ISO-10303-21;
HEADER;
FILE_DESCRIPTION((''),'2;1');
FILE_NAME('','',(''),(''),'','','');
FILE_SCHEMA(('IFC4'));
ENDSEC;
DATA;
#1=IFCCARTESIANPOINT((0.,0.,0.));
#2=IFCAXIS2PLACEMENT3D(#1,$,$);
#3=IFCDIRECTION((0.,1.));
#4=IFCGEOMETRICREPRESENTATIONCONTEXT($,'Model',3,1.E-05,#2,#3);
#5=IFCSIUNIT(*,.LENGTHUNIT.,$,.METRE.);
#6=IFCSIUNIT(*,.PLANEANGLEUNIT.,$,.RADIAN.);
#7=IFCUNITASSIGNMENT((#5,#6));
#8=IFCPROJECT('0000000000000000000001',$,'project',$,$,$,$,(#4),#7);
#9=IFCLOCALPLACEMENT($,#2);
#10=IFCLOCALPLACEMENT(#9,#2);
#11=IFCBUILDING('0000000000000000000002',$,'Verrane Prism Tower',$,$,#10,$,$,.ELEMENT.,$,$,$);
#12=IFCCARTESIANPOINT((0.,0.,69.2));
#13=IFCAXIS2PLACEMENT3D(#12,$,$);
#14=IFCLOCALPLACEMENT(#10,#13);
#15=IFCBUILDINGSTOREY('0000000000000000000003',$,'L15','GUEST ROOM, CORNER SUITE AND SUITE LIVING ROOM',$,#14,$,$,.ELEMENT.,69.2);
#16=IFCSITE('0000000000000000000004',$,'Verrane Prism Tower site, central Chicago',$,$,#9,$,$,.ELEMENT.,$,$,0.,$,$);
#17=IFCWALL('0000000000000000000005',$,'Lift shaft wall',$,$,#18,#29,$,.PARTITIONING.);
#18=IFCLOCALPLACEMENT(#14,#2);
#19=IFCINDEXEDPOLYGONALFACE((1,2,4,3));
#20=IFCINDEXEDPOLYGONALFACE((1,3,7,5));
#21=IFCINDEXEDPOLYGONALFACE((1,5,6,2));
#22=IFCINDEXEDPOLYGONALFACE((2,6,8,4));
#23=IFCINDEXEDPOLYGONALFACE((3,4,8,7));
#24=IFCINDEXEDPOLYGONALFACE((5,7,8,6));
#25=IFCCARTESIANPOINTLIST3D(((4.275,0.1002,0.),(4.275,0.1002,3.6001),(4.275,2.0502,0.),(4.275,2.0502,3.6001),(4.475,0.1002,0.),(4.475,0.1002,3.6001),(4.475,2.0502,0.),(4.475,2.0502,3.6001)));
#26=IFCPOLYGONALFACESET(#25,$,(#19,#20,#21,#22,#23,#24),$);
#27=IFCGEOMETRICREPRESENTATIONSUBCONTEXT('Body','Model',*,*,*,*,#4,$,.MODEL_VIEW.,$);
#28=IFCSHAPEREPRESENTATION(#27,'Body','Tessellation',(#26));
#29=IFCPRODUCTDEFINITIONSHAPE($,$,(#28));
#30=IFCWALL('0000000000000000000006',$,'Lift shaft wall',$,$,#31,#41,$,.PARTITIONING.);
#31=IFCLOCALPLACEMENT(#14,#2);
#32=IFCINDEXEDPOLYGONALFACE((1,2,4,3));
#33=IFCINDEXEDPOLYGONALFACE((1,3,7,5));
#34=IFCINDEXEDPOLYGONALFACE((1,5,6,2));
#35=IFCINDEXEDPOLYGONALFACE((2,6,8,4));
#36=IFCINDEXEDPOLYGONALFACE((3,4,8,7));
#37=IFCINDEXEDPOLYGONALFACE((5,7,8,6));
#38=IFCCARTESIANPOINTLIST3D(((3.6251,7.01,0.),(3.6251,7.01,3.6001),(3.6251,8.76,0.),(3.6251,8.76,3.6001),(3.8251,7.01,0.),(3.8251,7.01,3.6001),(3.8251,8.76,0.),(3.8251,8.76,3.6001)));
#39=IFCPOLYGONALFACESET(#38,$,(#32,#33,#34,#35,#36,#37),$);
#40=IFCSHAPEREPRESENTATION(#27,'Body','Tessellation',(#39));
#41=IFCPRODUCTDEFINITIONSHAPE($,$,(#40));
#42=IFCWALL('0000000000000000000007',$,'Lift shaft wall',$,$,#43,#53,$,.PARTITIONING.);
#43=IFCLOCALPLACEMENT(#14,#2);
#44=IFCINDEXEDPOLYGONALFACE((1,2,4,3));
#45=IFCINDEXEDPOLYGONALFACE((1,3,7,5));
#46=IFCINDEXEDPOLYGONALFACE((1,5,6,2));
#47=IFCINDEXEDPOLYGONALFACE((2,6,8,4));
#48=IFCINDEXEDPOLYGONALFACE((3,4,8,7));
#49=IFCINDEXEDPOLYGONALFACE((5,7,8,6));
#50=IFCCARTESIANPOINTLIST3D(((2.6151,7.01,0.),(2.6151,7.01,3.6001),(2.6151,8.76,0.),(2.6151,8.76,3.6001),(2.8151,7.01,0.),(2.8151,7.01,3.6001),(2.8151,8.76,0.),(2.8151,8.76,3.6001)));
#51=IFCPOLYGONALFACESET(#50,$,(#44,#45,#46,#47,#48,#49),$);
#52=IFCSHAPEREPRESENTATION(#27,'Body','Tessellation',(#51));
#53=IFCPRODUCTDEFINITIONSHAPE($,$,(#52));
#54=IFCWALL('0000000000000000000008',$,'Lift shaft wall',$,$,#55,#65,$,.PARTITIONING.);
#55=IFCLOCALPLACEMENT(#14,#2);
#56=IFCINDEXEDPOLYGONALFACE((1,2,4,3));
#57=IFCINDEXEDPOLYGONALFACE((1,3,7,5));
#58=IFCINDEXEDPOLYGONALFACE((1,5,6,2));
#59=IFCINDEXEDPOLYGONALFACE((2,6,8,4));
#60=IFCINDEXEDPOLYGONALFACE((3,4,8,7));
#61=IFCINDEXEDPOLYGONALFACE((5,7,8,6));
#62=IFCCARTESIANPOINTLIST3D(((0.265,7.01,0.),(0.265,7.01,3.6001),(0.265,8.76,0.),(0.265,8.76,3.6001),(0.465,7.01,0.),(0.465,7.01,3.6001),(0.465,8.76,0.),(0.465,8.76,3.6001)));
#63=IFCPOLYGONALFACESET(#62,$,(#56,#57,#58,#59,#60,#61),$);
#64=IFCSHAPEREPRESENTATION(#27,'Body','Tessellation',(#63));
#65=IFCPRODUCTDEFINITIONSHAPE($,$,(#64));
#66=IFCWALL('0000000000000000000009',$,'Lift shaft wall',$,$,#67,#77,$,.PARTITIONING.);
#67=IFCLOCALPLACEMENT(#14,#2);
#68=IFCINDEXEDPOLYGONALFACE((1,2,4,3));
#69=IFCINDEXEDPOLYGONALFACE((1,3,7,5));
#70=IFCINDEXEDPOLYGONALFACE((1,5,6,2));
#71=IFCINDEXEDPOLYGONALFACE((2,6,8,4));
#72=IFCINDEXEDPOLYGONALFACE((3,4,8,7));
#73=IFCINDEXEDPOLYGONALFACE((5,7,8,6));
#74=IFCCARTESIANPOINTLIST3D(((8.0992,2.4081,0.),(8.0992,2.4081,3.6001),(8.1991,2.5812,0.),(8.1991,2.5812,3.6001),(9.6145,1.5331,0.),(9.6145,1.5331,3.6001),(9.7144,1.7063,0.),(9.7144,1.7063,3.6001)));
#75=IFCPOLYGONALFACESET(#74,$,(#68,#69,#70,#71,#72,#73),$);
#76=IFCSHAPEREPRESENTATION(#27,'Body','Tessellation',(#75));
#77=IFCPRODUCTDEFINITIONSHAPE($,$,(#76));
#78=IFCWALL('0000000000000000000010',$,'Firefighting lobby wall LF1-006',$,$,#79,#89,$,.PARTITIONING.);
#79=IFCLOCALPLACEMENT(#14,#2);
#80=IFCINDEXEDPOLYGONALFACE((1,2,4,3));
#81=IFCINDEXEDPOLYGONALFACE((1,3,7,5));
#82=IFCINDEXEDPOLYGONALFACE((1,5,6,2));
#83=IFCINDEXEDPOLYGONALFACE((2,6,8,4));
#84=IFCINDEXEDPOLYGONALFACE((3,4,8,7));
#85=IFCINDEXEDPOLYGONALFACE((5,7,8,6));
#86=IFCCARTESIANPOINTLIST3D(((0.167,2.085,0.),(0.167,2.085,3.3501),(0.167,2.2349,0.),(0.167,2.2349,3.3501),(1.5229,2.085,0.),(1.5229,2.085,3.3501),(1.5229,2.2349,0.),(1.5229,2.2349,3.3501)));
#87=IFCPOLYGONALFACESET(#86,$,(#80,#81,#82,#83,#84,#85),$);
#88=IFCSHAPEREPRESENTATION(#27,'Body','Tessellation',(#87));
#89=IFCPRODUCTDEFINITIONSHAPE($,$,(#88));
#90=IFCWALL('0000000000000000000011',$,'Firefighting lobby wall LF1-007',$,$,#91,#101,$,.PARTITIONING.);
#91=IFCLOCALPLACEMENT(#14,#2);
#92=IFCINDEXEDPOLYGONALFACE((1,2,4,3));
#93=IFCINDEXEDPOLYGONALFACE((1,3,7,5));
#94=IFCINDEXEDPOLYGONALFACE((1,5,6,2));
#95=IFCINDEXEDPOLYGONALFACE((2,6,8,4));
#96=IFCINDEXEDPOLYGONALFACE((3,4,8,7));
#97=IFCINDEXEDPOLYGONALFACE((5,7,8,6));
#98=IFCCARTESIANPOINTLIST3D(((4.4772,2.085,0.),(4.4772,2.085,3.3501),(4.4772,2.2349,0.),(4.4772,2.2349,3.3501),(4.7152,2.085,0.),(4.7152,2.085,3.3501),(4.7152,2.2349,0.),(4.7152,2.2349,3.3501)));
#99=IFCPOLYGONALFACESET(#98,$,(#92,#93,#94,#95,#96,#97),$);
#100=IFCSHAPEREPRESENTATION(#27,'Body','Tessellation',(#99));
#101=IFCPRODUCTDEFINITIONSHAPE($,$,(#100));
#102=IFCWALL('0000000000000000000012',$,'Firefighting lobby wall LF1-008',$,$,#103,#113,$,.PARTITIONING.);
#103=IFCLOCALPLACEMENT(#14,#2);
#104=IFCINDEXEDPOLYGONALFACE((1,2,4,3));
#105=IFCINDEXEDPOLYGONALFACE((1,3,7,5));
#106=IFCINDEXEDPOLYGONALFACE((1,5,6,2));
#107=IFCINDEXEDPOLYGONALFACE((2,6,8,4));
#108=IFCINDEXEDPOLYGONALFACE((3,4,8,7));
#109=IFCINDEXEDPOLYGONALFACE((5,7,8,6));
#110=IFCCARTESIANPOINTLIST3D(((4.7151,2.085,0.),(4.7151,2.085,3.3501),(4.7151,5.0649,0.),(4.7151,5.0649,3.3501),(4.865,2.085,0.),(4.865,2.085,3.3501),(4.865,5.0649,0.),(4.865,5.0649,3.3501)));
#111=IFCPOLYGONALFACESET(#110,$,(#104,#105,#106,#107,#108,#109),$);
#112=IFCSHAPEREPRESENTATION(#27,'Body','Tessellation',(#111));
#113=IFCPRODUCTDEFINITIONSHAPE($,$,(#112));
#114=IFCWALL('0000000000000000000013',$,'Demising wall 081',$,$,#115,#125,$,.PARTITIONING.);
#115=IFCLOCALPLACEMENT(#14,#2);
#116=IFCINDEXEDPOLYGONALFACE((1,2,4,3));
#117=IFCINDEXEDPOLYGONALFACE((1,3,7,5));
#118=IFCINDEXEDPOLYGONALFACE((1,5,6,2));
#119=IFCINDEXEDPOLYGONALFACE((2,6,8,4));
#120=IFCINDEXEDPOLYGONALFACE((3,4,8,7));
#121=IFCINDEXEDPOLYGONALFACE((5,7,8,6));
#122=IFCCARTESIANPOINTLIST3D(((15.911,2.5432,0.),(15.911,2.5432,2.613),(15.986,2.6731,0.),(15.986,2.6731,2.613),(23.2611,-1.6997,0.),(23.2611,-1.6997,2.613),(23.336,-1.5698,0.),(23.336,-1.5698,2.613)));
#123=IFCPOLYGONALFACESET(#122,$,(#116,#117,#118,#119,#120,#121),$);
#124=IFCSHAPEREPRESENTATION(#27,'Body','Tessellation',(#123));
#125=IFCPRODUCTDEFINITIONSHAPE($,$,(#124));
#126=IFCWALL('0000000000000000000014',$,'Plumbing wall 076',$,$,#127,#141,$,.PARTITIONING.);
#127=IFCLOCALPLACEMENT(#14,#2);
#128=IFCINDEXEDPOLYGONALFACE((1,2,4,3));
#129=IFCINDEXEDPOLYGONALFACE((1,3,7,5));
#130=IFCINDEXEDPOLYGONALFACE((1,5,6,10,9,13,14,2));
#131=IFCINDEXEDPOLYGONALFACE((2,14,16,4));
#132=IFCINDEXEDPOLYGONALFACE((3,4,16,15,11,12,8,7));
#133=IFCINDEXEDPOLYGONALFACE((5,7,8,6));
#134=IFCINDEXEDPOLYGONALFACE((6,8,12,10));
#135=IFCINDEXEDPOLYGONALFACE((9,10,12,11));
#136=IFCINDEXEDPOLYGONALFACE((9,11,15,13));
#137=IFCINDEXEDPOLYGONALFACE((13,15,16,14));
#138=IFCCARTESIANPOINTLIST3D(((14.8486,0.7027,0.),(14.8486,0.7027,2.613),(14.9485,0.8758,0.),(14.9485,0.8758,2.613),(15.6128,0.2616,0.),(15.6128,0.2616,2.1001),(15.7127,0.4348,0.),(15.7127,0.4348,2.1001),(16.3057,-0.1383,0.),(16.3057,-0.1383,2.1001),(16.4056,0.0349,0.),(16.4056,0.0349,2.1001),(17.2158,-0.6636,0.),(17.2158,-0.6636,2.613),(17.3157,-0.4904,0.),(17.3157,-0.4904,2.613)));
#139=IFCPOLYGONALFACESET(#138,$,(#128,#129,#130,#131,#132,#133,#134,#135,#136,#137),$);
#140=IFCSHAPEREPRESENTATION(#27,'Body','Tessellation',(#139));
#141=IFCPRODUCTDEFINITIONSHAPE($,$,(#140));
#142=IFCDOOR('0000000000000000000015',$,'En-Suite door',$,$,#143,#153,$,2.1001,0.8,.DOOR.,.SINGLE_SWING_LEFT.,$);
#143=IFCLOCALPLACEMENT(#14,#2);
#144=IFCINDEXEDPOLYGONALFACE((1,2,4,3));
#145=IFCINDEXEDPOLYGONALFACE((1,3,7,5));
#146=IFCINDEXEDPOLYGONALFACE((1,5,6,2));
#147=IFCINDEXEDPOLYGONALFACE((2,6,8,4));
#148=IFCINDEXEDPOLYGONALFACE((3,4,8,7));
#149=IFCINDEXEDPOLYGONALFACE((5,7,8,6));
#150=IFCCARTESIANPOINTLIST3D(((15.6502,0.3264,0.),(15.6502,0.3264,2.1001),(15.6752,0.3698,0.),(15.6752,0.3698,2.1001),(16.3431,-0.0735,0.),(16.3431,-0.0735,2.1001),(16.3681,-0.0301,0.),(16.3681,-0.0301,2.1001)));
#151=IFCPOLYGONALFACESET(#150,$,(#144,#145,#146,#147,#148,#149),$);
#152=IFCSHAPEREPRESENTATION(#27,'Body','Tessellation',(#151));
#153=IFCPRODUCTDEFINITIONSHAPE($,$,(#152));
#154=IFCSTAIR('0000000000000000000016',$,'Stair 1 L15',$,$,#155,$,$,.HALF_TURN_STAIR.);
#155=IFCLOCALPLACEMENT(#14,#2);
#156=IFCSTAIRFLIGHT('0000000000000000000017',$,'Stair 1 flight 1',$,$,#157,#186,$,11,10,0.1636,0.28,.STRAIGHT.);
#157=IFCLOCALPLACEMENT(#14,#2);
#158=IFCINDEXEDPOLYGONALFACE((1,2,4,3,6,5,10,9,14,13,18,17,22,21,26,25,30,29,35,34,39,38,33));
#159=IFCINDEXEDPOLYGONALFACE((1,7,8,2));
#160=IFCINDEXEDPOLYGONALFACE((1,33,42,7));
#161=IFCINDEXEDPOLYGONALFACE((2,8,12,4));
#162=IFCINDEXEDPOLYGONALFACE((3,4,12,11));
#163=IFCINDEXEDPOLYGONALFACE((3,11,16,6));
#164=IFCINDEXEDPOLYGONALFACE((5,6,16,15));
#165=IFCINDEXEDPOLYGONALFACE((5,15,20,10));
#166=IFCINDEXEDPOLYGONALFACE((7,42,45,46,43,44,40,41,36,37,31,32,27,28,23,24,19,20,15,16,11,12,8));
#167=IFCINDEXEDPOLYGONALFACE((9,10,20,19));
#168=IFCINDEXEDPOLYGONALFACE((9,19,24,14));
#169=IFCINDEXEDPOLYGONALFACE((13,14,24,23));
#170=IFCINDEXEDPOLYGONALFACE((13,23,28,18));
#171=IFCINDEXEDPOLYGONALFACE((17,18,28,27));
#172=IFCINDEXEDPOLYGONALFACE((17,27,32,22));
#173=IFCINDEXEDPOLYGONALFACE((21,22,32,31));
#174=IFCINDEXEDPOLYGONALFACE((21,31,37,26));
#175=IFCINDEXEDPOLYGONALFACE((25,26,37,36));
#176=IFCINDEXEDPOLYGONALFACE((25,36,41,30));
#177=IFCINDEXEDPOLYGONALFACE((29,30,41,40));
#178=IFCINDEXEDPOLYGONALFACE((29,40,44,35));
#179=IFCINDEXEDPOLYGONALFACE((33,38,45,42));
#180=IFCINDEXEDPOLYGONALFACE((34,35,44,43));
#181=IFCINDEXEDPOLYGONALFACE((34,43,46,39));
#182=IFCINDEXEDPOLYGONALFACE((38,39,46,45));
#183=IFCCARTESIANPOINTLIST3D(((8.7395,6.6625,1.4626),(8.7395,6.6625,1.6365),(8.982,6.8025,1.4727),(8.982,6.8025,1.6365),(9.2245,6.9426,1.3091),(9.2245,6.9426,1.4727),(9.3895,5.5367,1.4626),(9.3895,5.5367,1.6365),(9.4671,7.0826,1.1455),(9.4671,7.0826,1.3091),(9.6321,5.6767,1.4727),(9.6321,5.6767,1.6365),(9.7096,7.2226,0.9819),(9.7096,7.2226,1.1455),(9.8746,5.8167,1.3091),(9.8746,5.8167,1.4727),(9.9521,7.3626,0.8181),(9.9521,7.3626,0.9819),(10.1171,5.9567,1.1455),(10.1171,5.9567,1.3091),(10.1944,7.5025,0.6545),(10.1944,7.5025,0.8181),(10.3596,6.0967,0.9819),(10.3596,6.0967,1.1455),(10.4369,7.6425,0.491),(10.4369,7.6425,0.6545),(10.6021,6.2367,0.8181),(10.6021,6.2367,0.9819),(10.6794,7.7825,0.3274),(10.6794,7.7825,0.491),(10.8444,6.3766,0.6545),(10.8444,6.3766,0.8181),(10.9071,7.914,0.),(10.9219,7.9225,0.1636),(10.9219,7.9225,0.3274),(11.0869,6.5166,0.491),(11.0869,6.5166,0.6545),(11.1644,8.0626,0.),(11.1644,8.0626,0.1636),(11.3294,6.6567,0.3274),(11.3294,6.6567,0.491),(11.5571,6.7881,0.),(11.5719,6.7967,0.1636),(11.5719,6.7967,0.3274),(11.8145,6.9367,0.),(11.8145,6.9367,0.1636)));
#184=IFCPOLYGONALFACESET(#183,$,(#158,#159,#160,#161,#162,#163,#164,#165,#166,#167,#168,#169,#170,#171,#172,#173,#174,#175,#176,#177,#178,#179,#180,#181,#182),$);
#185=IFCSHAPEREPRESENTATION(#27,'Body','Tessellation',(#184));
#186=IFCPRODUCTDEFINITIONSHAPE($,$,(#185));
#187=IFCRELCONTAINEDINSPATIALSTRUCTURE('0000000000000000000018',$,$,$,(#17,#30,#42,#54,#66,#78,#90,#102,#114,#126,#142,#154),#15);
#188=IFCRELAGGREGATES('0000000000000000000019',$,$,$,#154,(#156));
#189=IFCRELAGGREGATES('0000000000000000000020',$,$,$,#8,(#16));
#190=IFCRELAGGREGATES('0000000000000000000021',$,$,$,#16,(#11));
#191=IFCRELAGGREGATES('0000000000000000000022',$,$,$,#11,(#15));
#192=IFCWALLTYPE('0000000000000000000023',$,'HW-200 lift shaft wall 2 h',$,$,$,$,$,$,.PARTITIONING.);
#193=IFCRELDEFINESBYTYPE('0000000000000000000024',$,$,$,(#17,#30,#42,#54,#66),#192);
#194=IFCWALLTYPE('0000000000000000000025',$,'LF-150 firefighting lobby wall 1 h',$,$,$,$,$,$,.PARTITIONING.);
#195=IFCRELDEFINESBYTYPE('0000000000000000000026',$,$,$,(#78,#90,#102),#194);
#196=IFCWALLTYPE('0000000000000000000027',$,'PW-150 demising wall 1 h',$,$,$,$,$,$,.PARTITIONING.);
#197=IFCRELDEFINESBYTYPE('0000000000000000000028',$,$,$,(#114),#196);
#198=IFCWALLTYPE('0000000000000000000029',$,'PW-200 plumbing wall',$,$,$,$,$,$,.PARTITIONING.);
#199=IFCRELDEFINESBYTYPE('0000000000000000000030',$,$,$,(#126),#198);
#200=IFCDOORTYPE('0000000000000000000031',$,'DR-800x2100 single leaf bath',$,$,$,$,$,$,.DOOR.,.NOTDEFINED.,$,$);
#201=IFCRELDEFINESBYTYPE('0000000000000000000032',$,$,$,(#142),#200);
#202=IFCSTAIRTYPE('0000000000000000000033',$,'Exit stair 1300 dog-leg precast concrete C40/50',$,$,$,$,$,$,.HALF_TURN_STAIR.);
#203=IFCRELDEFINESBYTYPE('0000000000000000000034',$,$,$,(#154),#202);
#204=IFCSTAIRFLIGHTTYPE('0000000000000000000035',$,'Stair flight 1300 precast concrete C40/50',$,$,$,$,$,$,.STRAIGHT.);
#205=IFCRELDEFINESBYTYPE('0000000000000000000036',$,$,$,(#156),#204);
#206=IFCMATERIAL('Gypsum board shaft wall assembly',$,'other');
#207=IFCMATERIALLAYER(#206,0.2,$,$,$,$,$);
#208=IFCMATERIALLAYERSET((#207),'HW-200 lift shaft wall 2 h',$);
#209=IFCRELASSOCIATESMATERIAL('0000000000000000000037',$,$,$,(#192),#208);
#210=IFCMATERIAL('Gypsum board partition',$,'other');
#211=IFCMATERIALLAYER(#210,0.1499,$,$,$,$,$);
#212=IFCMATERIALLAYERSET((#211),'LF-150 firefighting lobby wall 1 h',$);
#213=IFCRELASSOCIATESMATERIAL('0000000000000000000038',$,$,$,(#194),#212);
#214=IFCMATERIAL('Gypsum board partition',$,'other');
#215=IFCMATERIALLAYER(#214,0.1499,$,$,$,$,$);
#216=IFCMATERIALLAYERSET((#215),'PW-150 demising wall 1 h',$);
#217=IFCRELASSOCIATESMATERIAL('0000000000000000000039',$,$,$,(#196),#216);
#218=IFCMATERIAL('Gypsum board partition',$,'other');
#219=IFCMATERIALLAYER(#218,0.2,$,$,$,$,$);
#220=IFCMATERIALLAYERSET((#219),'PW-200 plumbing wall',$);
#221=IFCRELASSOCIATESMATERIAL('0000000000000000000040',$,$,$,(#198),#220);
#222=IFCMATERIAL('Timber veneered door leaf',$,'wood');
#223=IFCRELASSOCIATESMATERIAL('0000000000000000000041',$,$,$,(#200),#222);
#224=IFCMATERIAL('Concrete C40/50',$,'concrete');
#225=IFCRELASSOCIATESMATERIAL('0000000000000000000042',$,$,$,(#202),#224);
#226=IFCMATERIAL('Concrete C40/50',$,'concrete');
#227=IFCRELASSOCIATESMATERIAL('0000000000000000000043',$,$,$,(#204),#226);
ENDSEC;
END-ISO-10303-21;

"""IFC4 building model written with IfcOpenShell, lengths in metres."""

from ifc_helpers import new_model, si_unit, direction, frame, frame_2d, origin, place, context, subcontext, project, spatial, polyline, rectangle, outline, extrude, material, layer, layer_set, type_object, element, fill, aggregate, save


model = new_model("IFC4")

# Units and contexts
model_context = context("Model", 3, precision=1e-05, world=origin(), true_north=direction((0.0, 1.0)))
body_context = subcontext(model_context, "Body", "Model", "MODEL_VIEW")
ifc_project = project(units=[si_unit("LENGTHUNIT", "METRE"), si_unit("PLANEANGLEUNIT", "RADIAN")], contexts=[model_context])

# Site, building, storey
site_placement = place(None, origin())
site = spatial("IfcSite", under=ifc_project, at=site_placement, Name="Verrane Prism Tower site, central Chicago", CompositionType="ELEMENT", RefElevation=0.0)
building_placement = place(site_placement, origin())
building = spatial("IfcBuilding", under=site, at=building_placement, Name="Verrane Prism Tower", CompositionType="ELEMENT")
storey_placement = place(building_placement, frame((0.0, 0.0, 69.2)))
storey = spatial("IfcBuildingStorey", under=building, at=storey_placement, Name="L15", Description="GUEST ROOM, CORNER SUITE AND SUITE LIVING ROOM", CompositionType="ELEMENT", Elevation=69.2)

# Shared definitions
ifc_material_1 = material(Name="Gypsum board shaft wall assembly", Category="other")
ifc_layer_1 = layer(ifc_material_1, 0.2)
ifc_layer_set_1 = layer_set([ifc_layer_1], Name="HW-200 lift shaft wall 2 h")
wall_type_1 = type_object("IfcWallType", Name="HW-200 lift shaft wall 2 h", PredefinedType="PARTITIONING", material=ifc_layer_set_1)

# Walls
wall_1_placement = place(storey_placement, frame((4.375, 0.1001, 0.0), z_axis=(0.0, 0.0, 1.0), x_axis=(0.0, 1.0, 0.0)))
element("IfcWall", 1, at=wall_1_placement, inside=storey, type_object=wall_type_1, Name="Lift shaft wall", PredefinedType="PARTITIONING", context=body_context, shape_type="SweptSolid", body=[
    extrude(rectangle(XDim=1.95, YDim=0.2, at=frame_2d((0.9751, 0.0))), origin(), (0.0, 0.0, 1.0), 3.6001),
])
for number, where, z_axis, x_axis, name in (
    (2, (3.7251, 7.01, 0.0), (0.0, 0.0, 1.0), (0.0, 1.0, 0.0), "Lift shaft wall"),
    (3, (2.7151, 7.01, 0.0), (0.0, 0.0, 1.0), (0.0, 1.0, 0.0), "Lift shaft wall"),
    (4, (0.365, 7.01, 0.0), (0.0, 0.0, 1.0), (0.0, 1.0, 0.0), "Lift shaft wall"),
):
    element("IfcWall", number, at=place(storey_placement, frame(where, z_axis=z_axis, x_axis=x_axis)), inside=storey, type_object=wall_type_1, Name=name, PredefinedType="PARTITIONING", context=body_context, shape_type="SweptSolid", body=[
        extrude(rectangle(XDim=1.75, YDim=0.2, at=frame_2d((0.875, 0.0))), origin(), (0.0, 0.0, 1.0), 3.6001),
    ])
wall_2_placement = place(storey_placement, frame((9.6646, 1.6196, 0.0), z_axis=(0.0, 0.0, 1.0), x_axis=(-0.866002, 0.50004, 0.0)))
element("IfcWall", 5, at=wall_2_placement, inside=storey, type_object=wall_type_1, Name="Lift shaft wall", PredefinedType="PARTITIONING", context=body_context, shape_type="SweptSolid", body=[
    extrude(rectangle(XDim=1.7498, YDim=0.2, at=frame_2d((0.875, 0.0))), origin(), (0.0, 0.0, 1.0), 3.6001),
])
ifc_material_2 = material(Name="Gypsum board partition", Category="other")
ifc_layer_2 = layer(ifc_material_2, 0.1499)
ifc_layer_set_2 = layer_set([ifc_layer_2], Name="LF-150 firefighting lobby wall 1 h")
wall_type_2 = type_object("IfcWallType", Name="LF-150 firefighting lobby wall 1 h", PredefinedType="PARTITIONING", material=ifc_layer_set_2)
wall_3_placement = place(storey_placement, frame((0.167, 2.1599, 0.0), z_axis=(0.0, 0.0, 1.0), x_axis=(1.0, 0.0, 0.0)))
element("IfcWall", 6, at=wall_3_placement, inside=storey, type_object=wall_type_2, Name="Firefighting lobby wall LF1-006", PredefinedType="PARTITIONING", context=body_context, shape_type="SweptSolid", body=[
    extrude(rectangle(XDim=1.356, YDim=0.1499, at=frame_2d((0.678, 0.0))), origin(), (0.0, 0.0, 1.0), 3.3501),
])
wall_4_placement = place(storey_placement, frame((4.4771, 2.1599, 0.0), z_axis=(0.0, 0.0, 1.0), x_axis=(1.0, 0.0, 0.0)))
element("IfcWall", 7, at=wall_4_placement, inside=storey, type_object=wall_type_2, Name="Firefighting lobby wall LF1-007", PredefinedType="PARTITIONING", context=body_context, shape_type="SweptSolid", body=[
    extrude(rectangle(XDim=0.238, YDim=0.1499, at=frame_2d((0.1191, 0.0))), origin(), (0.0, 0.0, 1.0), 3.3501),
])
wall_5_placement = place(storey_placement, frame((4.79, 2.085, 0.0), z_axis=(0.0, 0.0, 1.0), x_axis=(0.0, 1.0, 0.0)))
element("IfcWall", 8, at=wall_5_placement, inside=storey, type_object=wall_type_2, Name="Firefighting lobby wall LF1-008", PredefinedType="PARTITIONING", context=body_context, shape_type="SweptSolid", body=[
    extrude(rectangle(XDim=2.98, YDim=0.1499, at=frame_2d((1.49, 0.0))), origin(), (0.0, 0.0, 1.0), 3.3501),
])
ifc_material_3 = material(Name="Gypsum board partition", Category="other")
ifc_layer_3 = layer(ifc_material_3, 0.1499)
ifc_layer_set_3 = layer_set([ifc_layer_3], Name="PW-150 demising wall 1 h")
wall_type_3 = type_object("IfcWallType", Name="PW-150 demising wall 1 h", PredefinedType="PARTITIONING", material=ifc_layer_set_3)
wall_6_placement = place(storey_placement, frame((15.9485, 2.6082, 0.0), z_axis=(0.0, 0.0, 1.0), x_axis=(0.866059, -0.499942, 0.0)))
element("IfcWall", 9, at=wall_6_placement, inside=storey, type_object=wall_type_3, Name="Demising wall 081", PredefinedType="PARTITIONING", context=body_context, shape_type="SweptSolid", body=[
    extrude(rectangle(XDim=8.4868, YDim=0.1499, at=frame_2d((4.2434, 0.0))), origin(), (0.0, 0.0, 1.0), 2.613),
])

# Wall, opening, door
ifc_material_4 = material(Name="Gypsum board partition", Category="other")
ifc_layer_4 = layer(ifc_material_4, 0.2)
ifc_layer_set_4 = layer_set([ifc_layer_4], Name="PW-200 plumbing wall")
wall_type_4 = type_object("IfcWallType", Name="PW-200 plumbing wall", PredefinedType="PARTITIONING", material=ifc_layer_set_4)
wall_7_placement = place(storey_placement, frame((14.8984, 0.7893, 0.0), z_axis=(0.0, 0.0, 1.0), x_axis=(0.866102, -0.499867, 0.0)))
wall_7 = element("IfcWall", 10, at=wall_7_placement, inside=storey, type_object=wall_type_4, Name="Plumbing wall 076", PredefinedType="PARTITIONING", context=body_context, shape_type="SweptSolid", body=[
    extrude(rectangle(XDim=2.7332, YDim=0.2, at=frame_2d((1.3667, 0.0))), origin(), (0.0, 0.0, 1.0), 2.613),
])
opening_1_placement = place(wall_7_placement, frame((0.8826, 0.0, 0.0)))
opening_1 = element("IfcOpeningElement", 11, at=opening_1_placement, cuts=wall_7, PredefinedType="OPENING", context=body_context, shape_type="SweptSolid", body=[
    extrude(rectangle(XDim=0.8, YDim=2.1001, at=frame_2d((0.3999, 1.05))), frame((0.0, 0.1099, 0.0), z_axis=(0.0, -1.0, 0.0), x_axis=(1.0, 0.0, 0.0)), (0.0, 0.0, 1.0), 0.22),
])
ifc_material_5 = material(Name="Timber veneered door leaf", Category="wood")
door_type_1 = type_object("IfcDoorType", Name="DR-800x2100 single leaf bath", OperationType="NOTDEFINED", PredefinedType="DOOR", material=ifc_material_5)
door_1_placement = place(opening_1_placement, origin())
door_1 = element("IfcDoor", 12, at=door_1_placement, inside=storey, type_object=door_type_1, Name="En-Suite door", OperationType="SINGLE_SWING_LEFT", OverallHeight=2.1001, OverallWidth=0.8, PredefinedType="DOOR", context=body_context, shape_type="SweptSolid", body=[
    extrude(rectangle(XDim=0.8, YDim=2.1001, at=frame_2d((0.3999, 1.05))), frame((0.0, 0.0249, 0.0), z_axis=(0.0, -1.0, 0.0), x_axis=(1.0, 0.0, 0.0)), (0.0, 0.0, 1.0), 0.05),
])
fill(opening_1, door_1)

# Stair, stair flight
ifc_material_6 = material(Name="Concrete C40/50", Category="concrete")
stair_type = type_object("IfcStairType", Name="Exit stair 1300 dog-leg precast concrete C40/50", PredefinedType="HALF_TURN_STAIR", material=ifc_material_6)
stair_placement = place(storey_placement, origin())
stair = element("IfcStair", 13, at=stair_placement, inside=storey, type_object=stair_type, Name="Stair 1 L15", PredefinedType="HALF_TURN_STAIR")
ifc_material_7 = material(Name="Concrete C40/50", Category="concrete")
stair_flight_type = type_object("IfcStairFlightType", Name="Stair flight 1300 precast concrete C40/50", PredefinedType="STRAIGHT", material=ifc_material_7)
stair_flight_1_placement = place(storey_placement, frame((11.4895, 7.4995, 0.0), z_axis=(0.0, 0.0, 1.0), x_axis=(-0.866025, -0.5, 0.0)))
stair_flight_1 = element("IfcStairFlight", 14, at=stair_flight_1_placement, type_object=stair_flight_type, Name="Stair 1 flight 1", NumberOfRisers=11, NumberOfTreads=10, PredefinedType="STRAIGHT", RiserHeight=0.1636, TreadLength=0.28, context=body_context, shape_type="SweptSolid", body=[
    extrude(outline(polyline([(0.0, 0.0), (0.0, 0.1636), (0.28, 0.1636), (0.28, 0.3274), (0.5601, 0.3274), (0.5601, 0.491), (0.8401, 0.491), (0.8401, 0.6545), (1.1201, 0.6545), (1.1201, 0.8181), (1.3999, 0.8181), (1.3999, 0.9819), (1.6799, 0.9819), (1.6799, 1.1455), (1.96, 1.1455), (1.96, 1.3091), (2.24, 1.3091), (2.24, 1.4727), (2.52, 1.4727), (2.52, 1.6365), (2.8, 1.6365), (2.8, 1.8), (2.8, 1.4626), (0.2971, 0.0), (0.0, 0.0)])), frame((0.0, 0.6499, 0.0), z_axis=(0.0, -1.0, 0.0), x_axis=(1.0, 0.0, 0.0)), (0.0, 0.0, 1.0), 1.3),
])
aggregate(stair, [stair_flight_1])

save(model, "model.ifc")
